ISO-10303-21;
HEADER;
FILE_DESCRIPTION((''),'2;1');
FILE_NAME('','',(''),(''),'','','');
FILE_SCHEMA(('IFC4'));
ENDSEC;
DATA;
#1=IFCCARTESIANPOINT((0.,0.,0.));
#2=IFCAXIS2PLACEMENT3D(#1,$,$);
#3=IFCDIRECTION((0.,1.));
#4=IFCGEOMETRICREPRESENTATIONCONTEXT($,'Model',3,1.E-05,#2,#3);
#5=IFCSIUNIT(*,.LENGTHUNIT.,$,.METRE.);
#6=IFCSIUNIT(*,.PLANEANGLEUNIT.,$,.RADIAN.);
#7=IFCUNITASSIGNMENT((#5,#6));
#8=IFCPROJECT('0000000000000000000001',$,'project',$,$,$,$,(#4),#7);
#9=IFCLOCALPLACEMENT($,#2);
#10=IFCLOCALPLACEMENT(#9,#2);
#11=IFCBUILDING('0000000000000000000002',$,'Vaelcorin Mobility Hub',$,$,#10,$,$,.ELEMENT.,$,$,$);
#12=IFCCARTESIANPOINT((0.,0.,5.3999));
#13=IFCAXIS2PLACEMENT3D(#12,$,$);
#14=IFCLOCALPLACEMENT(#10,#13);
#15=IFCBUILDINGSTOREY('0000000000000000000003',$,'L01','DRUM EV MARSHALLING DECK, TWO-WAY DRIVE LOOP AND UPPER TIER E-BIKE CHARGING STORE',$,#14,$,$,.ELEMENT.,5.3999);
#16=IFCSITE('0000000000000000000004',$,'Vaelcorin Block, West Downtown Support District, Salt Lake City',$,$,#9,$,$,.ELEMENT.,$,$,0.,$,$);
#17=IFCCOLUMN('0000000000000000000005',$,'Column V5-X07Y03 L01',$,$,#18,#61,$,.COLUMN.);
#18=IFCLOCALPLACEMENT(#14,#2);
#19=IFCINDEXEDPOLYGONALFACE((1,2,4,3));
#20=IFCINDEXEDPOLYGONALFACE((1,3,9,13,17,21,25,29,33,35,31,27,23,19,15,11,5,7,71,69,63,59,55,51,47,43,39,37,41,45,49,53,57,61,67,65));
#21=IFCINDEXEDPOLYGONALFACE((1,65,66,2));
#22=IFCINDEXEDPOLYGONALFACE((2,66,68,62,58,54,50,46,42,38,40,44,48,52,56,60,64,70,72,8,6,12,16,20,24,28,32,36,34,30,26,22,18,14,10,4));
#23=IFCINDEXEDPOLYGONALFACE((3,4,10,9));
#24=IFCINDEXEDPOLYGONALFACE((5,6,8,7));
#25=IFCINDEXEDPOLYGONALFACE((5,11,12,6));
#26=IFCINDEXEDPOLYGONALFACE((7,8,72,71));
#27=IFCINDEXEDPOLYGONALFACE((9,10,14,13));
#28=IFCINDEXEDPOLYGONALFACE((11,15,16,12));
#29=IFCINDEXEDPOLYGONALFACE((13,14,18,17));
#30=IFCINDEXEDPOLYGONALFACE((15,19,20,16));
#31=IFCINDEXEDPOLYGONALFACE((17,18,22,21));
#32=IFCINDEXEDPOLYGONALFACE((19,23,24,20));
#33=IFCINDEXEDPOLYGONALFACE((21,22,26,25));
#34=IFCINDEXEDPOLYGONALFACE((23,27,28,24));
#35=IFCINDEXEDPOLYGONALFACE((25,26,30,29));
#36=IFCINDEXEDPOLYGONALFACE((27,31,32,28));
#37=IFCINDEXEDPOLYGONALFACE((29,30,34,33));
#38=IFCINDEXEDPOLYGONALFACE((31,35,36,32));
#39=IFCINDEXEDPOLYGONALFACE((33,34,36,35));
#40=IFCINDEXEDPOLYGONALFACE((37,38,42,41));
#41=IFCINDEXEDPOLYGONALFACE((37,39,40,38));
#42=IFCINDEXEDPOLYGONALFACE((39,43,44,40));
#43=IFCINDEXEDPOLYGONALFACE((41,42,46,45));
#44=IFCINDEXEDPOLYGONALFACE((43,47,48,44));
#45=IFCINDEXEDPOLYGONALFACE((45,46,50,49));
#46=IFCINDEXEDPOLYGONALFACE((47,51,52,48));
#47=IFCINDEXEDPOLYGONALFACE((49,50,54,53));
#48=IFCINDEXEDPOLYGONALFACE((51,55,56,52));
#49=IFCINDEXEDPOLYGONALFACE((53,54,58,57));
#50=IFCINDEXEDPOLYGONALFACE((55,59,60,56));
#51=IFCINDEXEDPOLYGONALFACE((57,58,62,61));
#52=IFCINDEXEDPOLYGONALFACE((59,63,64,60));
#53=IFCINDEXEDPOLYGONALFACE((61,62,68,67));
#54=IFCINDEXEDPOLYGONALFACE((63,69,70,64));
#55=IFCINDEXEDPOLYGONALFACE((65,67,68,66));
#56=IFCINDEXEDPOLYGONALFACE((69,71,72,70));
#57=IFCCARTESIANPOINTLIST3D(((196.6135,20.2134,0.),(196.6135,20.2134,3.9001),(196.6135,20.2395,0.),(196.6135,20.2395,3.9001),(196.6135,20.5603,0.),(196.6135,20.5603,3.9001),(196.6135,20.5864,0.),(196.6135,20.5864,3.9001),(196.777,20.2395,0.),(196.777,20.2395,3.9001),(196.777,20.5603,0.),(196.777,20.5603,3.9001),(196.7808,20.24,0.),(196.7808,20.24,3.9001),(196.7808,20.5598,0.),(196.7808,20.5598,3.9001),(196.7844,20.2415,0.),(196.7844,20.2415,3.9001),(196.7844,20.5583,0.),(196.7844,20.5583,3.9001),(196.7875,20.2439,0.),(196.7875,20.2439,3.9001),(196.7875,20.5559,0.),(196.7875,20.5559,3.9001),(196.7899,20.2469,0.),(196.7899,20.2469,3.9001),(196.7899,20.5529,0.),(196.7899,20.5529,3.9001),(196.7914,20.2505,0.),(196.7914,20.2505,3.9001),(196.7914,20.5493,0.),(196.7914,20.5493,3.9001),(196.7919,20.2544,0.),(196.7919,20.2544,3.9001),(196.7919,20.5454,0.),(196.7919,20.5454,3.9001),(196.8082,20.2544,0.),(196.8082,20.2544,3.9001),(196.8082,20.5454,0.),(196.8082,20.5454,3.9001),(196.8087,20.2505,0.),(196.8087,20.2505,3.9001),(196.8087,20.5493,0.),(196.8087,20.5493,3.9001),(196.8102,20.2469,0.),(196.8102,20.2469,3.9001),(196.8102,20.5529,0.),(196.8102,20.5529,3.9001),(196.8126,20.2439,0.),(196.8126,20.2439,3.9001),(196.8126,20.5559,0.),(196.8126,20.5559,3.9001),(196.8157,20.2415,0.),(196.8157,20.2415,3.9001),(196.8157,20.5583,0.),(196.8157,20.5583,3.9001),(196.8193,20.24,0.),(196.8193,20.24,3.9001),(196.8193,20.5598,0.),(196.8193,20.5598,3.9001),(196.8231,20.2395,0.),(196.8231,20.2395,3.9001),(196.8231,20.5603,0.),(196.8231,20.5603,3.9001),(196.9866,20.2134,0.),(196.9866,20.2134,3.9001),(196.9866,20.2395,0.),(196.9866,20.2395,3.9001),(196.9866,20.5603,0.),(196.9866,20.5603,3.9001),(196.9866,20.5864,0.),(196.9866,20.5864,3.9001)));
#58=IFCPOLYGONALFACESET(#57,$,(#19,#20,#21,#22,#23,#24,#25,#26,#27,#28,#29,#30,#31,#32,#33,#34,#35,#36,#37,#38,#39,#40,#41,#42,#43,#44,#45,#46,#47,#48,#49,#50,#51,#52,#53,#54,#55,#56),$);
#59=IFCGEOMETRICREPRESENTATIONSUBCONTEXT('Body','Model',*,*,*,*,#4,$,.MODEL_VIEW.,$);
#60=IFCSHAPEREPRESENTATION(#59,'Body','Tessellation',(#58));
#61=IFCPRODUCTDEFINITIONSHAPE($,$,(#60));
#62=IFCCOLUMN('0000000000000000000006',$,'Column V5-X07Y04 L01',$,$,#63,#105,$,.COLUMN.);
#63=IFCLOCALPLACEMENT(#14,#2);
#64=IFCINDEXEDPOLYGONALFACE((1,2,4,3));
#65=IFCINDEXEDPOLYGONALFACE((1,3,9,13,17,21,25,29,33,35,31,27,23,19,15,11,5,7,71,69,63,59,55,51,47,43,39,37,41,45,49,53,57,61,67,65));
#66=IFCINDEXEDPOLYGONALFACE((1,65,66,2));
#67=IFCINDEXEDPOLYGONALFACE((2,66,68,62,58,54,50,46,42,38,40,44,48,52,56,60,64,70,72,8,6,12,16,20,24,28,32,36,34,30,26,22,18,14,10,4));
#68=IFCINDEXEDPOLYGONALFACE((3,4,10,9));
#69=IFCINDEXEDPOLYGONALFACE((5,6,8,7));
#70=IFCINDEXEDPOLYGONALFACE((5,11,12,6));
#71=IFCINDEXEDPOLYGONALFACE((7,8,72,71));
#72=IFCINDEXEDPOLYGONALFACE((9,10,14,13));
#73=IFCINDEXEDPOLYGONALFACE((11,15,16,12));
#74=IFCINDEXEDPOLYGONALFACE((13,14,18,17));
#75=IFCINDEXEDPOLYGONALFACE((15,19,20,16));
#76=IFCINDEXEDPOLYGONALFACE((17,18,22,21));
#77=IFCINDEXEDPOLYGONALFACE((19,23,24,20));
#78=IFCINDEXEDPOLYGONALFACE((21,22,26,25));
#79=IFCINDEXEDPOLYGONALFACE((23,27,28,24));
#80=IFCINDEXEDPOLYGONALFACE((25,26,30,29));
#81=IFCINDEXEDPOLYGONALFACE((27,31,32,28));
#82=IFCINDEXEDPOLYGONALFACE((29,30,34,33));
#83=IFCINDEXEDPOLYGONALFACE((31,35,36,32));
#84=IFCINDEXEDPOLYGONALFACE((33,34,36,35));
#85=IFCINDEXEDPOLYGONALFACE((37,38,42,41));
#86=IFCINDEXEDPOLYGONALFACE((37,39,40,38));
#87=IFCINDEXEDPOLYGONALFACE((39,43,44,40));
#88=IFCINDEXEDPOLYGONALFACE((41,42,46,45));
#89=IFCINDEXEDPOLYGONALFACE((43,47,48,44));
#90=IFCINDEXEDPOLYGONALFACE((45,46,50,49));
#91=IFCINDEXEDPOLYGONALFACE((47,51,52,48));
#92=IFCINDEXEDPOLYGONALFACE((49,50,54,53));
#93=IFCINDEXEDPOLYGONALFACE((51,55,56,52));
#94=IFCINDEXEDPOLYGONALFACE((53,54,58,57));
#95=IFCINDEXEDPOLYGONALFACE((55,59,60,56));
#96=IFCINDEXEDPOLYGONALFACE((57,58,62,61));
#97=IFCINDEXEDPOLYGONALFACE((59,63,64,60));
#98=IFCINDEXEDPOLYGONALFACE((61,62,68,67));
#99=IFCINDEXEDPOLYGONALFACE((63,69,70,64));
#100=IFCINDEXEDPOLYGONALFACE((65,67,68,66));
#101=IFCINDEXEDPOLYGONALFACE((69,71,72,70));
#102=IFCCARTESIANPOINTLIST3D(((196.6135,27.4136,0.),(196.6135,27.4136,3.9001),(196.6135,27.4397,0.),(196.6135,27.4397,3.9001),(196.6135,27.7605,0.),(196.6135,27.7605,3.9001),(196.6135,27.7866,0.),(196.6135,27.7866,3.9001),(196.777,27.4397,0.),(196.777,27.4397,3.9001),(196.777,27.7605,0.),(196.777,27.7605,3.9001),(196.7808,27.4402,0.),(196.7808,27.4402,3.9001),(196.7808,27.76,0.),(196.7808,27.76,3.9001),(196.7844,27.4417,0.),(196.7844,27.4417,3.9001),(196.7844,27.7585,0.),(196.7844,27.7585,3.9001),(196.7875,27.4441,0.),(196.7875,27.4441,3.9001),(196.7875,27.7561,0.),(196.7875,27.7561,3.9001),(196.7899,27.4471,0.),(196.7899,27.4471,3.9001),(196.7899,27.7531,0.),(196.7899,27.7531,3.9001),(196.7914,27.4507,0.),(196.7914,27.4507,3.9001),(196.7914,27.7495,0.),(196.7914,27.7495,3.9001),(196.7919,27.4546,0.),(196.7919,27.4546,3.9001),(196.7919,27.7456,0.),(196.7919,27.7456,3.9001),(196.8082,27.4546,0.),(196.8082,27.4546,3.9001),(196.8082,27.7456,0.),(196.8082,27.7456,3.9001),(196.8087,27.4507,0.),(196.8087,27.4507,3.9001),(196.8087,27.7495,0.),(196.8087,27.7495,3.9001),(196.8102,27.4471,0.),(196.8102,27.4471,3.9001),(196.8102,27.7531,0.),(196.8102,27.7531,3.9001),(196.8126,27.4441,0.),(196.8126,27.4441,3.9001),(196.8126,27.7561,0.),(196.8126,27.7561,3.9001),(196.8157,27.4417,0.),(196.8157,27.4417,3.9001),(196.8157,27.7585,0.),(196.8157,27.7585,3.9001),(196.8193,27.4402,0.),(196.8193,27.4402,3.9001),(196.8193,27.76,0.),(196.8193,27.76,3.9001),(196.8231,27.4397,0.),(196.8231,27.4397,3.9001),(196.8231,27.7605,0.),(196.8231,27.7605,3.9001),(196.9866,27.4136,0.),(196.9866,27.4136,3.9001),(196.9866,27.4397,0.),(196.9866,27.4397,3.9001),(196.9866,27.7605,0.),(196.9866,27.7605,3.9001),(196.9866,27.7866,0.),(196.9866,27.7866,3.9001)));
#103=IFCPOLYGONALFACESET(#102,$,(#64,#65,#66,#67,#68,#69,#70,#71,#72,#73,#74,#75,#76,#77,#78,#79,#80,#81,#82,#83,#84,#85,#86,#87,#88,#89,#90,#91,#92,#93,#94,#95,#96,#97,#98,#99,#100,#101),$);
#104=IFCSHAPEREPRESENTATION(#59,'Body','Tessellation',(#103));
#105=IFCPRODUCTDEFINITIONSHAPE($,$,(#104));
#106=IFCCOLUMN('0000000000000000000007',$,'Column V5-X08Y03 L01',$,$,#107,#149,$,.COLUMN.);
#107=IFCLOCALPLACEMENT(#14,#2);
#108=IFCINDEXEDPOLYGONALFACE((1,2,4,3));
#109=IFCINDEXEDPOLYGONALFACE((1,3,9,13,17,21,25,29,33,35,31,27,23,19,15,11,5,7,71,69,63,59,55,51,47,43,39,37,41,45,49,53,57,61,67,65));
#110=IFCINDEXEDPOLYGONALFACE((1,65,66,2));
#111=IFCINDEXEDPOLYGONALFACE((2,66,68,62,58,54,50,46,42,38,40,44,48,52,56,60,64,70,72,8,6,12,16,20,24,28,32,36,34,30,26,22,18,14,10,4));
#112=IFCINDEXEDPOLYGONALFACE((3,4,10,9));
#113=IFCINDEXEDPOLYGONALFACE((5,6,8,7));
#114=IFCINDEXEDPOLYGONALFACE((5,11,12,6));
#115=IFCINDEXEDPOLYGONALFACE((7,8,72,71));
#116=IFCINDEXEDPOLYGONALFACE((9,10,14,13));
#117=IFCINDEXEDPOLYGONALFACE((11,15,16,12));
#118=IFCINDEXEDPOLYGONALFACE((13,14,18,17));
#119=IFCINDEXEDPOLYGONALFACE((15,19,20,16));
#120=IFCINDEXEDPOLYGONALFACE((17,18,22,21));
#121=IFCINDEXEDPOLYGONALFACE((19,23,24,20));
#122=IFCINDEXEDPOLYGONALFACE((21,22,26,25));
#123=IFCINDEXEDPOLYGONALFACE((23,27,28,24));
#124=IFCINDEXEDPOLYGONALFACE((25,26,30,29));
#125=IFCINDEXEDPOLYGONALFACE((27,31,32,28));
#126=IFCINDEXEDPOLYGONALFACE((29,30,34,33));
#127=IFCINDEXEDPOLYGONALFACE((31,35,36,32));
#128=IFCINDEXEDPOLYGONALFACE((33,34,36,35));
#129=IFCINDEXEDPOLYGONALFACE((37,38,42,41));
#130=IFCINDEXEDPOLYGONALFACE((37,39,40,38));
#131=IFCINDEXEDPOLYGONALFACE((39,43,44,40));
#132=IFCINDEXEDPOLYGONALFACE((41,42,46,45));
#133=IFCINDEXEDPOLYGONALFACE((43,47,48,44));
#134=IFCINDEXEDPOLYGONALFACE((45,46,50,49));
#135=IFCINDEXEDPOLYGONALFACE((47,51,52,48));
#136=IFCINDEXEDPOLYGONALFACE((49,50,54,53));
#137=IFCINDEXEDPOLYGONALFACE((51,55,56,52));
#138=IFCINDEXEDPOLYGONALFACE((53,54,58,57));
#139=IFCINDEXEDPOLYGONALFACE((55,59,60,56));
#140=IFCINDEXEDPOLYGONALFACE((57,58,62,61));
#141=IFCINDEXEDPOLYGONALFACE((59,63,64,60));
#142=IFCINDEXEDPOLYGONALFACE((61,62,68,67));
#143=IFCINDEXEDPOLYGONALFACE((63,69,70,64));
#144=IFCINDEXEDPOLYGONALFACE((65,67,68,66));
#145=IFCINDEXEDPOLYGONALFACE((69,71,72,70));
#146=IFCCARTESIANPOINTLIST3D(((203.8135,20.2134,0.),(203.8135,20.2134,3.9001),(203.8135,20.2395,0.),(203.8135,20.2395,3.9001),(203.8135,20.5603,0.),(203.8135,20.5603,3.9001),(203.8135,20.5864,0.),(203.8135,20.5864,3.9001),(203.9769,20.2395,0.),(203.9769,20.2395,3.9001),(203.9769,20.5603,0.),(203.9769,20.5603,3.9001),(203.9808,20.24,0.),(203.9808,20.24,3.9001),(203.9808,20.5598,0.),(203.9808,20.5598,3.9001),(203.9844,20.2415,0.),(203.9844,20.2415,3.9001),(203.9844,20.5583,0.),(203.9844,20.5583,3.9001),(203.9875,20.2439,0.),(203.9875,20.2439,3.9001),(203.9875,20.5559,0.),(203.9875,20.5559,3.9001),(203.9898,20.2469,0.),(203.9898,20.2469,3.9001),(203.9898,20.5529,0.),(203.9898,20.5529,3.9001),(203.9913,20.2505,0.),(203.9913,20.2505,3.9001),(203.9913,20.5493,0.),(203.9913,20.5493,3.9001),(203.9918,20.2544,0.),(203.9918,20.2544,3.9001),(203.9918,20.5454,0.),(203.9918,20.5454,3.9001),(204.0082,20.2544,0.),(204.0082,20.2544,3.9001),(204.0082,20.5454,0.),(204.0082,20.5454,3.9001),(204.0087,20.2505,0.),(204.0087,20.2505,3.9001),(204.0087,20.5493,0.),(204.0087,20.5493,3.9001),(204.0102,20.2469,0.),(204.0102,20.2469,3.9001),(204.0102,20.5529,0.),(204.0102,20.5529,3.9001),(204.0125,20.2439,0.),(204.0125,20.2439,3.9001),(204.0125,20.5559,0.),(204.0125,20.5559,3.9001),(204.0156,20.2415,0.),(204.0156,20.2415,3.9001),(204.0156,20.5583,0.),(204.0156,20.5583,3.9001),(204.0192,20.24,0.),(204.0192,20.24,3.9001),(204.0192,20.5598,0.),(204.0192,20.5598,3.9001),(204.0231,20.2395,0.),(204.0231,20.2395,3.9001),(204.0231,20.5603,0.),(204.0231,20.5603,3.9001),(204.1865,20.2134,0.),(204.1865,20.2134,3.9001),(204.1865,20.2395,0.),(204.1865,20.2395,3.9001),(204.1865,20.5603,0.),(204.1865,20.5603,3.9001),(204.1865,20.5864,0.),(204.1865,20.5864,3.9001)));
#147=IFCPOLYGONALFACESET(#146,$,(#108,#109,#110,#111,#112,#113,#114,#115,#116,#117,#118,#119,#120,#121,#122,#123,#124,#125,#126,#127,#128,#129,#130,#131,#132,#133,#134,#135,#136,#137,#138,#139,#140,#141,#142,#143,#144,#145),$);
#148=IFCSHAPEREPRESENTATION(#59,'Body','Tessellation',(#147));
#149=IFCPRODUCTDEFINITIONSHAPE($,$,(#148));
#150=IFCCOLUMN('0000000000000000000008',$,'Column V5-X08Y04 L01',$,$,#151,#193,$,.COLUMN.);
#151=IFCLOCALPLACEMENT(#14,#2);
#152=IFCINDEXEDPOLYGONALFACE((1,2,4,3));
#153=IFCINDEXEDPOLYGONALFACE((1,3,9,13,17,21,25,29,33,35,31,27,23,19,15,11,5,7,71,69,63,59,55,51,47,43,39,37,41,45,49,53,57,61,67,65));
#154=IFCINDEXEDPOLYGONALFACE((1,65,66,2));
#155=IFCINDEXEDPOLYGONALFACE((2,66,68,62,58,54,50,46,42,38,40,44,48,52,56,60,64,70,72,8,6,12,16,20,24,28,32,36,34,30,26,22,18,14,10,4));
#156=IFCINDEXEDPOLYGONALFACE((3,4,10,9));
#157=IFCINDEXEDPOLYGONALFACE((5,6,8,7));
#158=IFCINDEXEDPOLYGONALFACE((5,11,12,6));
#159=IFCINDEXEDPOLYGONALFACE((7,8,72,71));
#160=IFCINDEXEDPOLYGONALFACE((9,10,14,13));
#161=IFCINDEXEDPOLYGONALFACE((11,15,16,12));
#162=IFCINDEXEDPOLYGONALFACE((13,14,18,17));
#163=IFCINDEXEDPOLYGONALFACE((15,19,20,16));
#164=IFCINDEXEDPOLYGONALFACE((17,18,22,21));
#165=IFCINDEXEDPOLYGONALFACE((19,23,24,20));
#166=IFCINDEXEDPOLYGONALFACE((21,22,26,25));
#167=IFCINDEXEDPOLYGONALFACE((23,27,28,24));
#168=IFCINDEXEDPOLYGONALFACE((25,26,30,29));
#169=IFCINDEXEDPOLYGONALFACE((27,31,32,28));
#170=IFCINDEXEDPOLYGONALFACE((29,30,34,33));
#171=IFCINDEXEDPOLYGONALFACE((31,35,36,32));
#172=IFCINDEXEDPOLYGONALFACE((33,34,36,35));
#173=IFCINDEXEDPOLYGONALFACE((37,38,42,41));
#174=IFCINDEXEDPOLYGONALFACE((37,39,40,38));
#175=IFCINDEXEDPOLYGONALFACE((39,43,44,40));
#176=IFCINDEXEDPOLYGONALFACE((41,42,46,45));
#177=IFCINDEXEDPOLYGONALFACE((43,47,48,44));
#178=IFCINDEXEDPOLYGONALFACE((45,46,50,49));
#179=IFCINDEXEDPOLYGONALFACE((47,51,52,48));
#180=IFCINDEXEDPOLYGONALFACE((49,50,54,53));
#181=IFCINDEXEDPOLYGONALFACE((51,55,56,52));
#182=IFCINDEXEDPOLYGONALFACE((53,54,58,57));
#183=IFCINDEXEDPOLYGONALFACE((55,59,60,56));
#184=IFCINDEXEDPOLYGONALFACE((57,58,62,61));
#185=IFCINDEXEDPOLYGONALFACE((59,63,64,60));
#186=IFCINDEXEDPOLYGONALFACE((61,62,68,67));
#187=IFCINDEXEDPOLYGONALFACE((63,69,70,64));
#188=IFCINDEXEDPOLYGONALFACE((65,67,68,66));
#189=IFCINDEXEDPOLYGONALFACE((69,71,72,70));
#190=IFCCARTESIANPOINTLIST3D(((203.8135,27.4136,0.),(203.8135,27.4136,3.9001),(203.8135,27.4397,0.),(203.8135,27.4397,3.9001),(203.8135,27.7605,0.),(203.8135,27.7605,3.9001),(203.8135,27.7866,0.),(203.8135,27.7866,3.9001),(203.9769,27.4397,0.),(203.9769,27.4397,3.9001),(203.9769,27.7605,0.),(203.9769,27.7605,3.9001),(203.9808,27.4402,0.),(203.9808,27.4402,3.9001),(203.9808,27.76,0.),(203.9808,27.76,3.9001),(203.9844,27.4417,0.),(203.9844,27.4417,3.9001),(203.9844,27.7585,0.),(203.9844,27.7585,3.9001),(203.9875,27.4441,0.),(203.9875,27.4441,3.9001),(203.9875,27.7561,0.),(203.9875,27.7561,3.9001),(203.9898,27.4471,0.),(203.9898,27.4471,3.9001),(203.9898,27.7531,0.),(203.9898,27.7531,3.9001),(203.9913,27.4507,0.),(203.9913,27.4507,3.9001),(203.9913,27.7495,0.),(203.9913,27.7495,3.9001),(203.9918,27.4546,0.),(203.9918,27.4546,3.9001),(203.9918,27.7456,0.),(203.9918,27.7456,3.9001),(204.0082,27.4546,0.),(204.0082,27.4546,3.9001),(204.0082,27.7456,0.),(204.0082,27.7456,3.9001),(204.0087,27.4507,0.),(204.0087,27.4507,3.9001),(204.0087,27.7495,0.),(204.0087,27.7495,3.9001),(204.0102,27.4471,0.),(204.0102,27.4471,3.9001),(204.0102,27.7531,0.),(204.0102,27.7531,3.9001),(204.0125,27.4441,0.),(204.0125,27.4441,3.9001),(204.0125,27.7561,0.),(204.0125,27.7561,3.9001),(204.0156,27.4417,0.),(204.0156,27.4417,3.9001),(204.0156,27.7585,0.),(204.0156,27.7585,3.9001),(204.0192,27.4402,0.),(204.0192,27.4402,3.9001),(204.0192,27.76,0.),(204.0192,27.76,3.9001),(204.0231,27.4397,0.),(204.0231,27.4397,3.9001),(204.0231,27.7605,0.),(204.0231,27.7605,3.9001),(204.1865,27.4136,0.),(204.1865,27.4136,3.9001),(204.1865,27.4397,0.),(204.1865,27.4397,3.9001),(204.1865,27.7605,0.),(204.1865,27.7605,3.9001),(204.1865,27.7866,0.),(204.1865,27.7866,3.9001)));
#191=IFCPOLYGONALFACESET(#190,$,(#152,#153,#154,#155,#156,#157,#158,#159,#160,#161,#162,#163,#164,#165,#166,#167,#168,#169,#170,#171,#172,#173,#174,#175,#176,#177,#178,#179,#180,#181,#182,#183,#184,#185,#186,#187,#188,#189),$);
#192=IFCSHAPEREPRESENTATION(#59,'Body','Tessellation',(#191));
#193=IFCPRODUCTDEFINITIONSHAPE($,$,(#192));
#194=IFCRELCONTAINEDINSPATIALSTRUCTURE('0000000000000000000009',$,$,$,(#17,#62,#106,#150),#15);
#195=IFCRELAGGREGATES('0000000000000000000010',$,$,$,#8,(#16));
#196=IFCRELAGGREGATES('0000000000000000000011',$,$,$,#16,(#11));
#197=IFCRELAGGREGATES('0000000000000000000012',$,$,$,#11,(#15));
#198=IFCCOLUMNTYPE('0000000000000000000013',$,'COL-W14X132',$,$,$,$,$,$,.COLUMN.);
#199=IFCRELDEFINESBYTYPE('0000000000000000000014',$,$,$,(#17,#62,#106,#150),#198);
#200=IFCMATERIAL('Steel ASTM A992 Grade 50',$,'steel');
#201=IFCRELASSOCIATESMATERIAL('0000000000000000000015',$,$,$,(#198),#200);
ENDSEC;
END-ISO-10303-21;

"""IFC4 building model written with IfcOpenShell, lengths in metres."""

from ifc_helpers import new_model, si_unit, direction, frame, origin, origin_2d, place, context, subcontext, project, spatial, i_section, extrude, material, material_profile, profile_set, type_object, element, save


model = new_model("IFC4")

# Units and contexts
model_context = context("Model", 3, precision=1e-05, world=origin(), true_north=direction((0.0, 1.0)))
body_context = subcontext(model_context, "Body", "Model", "MODEL_VIEW")
ifc_project = project(units=[si_unit("LENGTHUNIT", "METRE"), si_unit("PLANEANGLEUNIT", "RADIAN")], contexts=[model_context])

# Site, building, storey
site_placement = place(None, origin())
site = spatial("IfcSite", under=ifc_project, at=site_placement, Name="Vaelcorin Block, West Downtown Support District, Salt Lake City", CompositionType="ELEMENT", RefElevation=0.0)
building_placement = place(site_placement, origin())
building = spatial("IfcBuilding", under=site, at=building_placement, Name="Vaelcorin Mobility Hub", CompositionType="ELEMENT")
storey_placement = place(building_placement, frame((0.0, 0.0, 5.3999)))
storey = spatial("IfcBuildingStorey", under=building, at=storey_placement, Name="L01", Description="DRUM EV MARSHALLING DECK, TWO-WAY DRIVE LOOP AND UPPER TIER E-BIKE CHARGING STORE", CompositionType="ELEMENT", Elevation=5.3999)

# Columns
ifc_material_1 = material(Name="Steel ASTM A992 Grade 50", Category="steel")
ifc_material_profile_1 = material_profile(ifc_material_1, i_section(OverallWidth=0.373, OverallDepth=0.373, WebThickness=0.0164, FlangeThickness=0.0261, FilletRadius=0.0149, at=origin_2d()), Name="W14X132")
ifc_profile_set_1 = profile_set([ifc_material_profile_1], Name="Steel ASTM A992 Grade 50")
column_type = type_object("IfcColumnType", Name="COL-W14X132", PredefinedType="COLUMN", material=ifc_profile_set_1)
for number, where, z_axis, x_axis, name in (
    (1, (196.8, 20.3999, 0.0), (0.0, 0.0, 1.0), (1.0, 0.0, 0.0), "Column V5-X07Y03 L01"),
    (2, (196.8, 27.6001, 0.0), (0.0, 0.0, 1.0), (1.0, 0.0, 0.0), "Column V5-X07Y04 L01"),
    (3, (204.0, 20.3999, 0.0), (0.0, 0.0, 1.0), (1.0, 0.0, 0.0), "Column V5-X08Y03 L01"),
    (4, (204.0, 27.6001, 0.0), (0.0, 0.0, 1.0), (1.0, 0.0, 0.0), "Column V5-X08Y04 L01"),
):
    element("IfcColumn", number, at=place(storey_placement, frame(where, z_axis=z_axis, x_axis=x_axis)), inside=storey, type_object=column_type, Name=name, PredefinedType="COLUMN", context=body_context, shape_type="SweptSolid", body=[
        extrude(i_section(OverallWidth=0.373, OverallDepth=0.373, WebThickness=0.0164, FlangeThickness=0.0261, FilletRadius=0.0149, at=origin_2d()), origin(), (0.0, 0.0, 1.0), 3.9001),
    ])

save(model, "model.ifc")
